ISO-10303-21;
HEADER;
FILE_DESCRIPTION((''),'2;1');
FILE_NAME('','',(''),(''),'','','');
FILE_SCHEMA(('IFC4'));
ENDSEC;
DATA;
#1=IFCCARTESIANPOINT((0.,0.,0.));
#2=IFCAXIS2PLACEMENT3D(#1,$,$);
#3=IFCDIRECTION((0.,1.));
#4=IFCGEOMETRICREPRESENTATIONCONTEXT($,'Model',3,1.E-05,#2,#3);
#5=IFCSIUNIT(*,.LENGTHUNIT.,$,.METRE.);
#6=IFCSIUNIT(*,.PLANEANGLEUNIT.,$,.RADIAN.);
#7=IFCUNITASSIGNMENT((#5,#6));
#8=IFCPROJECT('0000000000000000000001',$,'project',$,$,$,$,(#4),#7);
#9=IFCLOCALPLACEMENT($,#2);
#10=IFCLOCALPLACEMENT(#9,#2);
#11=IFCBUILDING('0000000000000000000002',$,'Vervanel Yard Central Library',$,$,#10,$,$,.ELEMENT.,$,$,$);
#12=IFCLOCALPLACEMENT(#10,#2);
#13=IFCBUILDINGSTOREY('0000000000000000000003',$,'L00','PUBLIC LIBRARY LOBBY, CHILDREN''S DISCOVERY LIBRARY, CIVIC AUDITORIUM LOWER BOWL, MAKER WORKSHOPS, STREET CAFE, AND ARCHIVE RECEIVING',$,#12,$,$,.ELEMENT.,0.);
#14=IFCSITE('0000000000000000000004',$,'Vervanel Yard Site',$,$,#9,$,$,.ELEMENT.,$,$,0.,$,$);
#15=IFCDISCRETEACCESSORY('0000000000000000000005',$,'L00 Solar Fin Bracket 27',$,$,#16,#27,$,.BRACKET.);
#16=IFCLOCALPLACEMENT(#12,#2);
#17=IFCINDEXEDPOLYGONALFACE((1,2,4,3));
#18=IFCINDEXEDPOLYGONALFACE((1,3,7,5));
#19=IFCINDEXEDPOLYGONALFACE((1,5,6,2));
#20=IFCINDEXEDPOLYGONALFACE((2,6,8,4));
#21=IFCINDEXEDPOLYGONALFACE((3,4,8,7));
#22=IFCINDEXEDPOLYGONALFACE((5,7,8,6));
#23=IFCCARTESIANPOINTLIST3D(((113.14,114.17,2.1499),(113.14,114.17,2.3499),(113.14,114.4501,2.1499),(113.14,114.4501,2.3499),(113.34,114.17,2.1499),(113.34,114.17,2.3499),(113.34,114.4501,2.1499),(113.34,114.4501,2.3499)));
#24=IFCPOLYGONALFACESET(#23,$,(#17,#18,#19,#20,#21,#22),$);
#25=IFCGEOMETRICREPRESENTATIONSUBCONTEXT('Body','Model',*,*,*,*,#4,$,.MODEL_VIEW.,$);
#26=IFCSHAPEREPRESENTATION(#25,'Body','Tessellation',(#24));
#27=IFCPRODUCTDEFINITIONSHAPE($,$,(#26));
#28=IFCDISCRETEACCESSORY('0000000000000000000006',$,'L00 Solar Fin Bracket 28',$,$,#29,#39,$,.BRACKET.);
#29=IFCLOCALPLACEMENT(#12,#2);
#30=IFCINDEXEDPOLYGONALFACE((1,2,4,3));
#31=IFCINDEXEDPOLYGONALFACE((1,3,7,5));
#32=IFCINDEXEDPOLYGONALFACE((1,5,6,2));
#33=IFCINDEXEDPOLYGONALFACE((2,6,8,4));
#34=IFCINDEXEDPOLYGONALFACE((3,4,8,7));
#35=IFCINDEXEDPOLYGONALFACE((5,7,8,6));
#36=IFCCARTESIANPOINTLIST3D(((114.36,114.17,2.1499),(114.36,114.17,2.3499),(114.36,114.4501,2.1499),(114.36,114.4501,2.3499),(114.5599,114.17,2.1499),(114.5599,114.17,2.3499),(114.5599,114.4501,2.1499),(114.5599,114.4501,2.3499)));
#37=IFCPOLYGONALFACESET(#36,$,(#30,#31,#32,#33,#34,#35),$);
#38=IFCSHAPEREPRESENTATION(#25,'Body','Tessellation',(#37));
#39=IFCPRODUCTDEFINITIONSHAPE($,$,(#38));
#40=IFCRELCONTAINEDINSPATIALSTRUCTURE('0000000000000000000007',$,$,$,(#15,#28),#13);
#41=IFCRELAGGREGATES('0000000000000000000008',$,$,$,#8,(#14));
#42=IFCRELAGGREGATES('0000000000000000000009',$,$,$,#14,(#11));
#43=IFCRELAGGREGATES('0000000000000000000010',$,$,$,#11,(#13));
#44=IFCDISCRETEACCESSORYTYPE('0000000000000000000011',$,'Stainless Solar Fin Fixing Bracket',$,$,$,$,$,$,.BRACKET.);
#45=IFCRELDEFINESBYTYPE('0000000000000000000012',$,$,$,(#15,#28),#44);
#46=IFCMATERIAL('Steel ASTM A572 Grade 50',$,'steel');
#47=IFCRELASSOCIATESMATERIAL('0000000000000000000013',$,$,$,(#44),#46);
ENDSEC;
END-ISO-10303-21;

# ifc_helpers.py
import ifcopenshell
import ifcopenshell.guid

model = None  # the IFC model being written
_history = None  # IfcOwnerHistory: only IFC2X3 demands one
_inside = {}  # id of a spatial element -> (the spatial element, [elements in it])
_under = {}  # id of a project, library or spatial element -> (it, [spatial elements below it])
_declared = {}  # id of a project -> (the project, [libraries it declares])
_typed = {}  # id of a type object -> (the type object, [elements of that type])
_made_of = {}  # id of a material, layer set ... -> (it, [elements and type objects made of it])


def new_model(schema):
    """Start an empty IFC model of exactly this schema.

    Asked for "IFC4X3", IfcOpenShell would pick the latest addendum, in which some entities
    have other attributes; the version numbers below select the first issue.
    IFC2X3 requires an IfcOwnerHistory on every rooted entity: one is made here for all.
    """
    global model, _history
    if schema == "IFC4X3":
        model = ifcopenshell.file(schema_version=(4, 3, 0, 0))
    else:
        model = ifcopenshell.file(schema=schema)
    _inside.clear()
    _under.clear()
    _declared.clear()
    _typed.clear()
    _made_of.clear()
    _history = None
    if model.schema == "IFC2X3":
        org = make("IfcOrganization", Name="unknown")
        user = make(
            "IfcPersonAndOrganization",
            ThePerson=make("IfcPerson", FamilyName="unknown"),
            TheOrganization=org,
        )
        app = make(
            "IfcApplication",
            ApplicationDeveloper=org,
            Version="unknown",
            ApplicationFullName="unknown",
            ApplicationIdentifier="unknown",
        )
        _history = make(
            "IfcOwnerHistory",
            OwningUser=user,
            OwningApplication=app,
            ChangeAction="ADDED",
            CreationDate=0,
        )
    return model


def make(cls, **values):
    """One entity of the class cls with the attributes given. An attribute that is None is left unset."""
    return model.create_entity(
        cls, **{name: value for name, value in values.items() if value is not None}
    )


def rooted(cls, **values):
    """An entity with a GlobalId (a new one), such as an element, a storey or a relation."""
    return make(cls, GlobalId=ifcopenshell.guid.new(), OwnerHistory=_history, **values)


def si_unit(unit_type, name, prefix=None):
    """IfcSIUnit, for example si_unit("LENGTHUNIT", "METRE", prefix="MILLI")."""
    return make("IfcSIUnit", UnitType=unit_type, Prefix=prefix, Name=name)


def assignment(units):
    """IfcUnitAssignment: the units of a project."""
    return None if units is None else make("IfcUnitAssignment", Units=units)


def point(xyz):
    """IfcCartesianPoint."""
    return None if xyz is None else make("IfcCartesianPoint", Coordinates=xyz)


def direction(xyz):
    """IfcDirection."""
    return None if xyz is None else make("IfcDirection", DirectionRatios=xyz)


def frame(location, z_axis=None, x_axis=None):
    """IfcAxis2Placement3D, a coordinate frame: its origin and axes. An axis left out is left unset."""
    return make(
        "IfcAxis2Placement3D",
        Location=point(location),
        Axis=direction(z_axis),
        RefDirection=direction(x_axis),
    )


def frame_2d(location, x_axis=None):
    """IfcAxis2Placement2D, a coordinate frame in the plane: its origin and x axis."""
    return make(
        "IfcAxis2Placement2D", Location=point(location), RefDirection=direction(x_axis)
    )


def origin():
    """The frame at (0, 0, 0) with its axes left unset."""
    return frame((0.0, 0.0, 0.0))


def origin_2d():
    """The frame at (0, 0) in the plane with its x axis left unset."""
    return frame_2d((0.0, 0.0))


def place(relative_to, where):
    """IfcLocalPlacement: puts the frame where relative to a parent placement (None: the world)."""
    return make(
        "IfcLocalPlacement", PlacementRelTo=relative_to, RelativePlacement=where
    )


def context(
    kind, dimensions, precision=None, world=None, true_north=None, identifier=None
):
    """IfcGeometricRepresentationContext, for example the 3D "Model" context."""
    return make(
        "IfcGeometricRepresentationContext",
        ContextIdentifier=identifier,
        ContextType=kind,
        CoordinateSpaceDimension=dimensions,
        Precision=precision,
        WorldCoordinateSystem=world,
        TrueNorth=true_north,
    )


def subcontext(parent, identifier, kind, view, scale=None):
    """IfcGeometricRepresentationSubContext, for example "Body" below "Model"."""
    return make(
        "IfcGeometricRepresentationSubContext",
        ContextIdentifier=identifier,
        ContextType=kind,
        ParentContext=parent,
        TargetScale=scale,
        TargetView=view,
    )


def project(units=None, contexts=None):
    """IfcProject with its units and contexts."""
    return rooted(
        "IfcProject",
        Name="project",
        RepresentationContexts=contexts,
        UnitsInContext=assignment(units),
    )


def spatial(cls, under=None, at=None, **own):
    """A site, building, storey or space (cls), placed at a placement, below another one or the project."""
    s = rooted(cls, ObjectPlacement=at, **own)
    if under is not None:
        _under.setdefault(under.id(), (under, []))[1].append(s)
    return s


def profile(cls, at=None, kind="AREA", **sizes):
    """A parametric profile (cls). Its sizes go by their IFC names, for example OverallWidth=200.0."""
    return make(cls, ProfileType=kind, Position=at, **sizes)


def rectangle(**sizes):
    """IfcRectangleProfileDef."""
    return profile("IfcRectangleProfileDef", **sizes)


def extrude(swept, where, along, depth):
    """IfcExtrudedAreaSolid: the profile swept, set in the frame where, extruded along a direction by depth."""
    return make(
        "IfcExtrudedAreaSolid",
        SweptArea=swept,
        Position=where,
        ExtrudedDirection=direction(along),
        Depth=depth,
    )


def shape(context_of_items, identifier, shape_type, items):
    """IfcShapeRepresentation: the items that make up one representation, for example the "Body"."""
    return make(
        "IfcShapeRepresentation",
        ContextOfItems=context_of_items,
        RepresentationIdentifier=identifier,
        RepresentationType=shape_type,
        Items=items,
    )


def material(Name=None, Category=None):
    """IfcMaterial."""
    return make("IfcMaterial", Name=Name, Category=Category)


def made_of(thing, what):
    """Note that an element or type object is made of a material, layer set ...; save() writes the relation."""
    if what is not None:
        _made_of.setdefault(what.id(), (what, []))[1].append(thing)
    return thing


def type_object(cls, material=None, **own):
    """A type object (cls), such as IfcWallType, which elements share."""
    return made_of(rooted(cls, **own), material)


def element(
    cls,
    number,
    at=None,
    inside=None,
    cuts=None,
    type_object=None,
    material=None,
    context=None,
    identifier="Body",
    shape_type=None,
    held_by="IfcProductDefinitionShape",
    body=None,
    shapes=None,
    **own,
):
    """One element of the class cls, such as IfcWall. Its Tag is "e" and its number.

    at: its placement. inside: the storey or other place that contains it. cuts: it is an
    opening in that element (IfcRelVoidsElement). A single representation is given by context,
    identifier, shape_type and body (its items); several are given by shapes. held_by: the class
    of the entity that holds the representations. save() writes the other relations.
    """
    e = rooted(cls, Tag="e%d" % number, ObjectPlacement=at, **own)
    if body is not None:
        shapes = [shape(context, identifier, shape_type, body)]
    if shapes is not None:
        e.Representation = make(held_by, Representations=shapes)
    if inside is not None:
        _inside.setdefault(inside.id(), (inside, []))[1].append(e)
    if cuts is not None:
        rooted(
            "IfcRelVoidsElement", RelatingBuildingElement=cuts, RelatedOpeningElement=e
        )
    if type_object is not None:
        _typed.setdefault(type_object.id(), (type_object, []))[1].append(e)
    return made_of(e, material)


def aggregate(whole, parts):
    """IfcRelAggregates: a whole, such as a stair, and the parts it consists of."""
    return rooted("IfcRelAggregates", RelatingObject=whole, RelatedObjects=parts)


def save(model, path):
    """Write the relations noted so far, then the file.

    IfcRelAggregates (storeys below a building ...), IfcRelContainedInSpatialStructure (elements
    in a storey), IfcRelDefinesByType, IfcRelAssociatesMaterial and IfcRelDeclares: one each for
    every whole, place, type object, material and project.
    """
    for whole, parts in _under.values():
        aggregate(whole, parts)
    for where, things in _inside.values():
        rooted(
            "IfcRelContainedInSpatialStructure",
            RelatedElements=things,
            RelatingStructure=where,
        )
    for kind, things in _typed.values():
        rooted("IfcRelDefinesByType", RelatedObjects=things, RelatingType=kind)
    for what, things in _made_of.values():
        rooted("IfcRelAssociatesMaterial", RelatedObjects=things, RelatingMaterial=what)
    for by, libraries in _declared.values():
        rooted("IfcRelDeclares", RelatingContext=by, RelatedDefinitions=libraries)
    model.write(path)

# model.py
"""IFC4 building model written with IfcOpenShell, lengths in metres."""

from ifc_helpers import new_model, si_unit, direction, frame, origin, origin_2d, place, context, subcontext, project, spatial, rectangle, extrude, material, type_object, element, save


model = new_model("IFC4")

# Units and contexts
model_context = context("Model", 3, precision=1e-05, world=origin(), true_north=direction((0.0, 1.0)))
body_context = subcontext(model_context, "Body", "Model", "MODEL_VIEW")
ifc_project = project(units=[si_unit("LENGTHUNIT", "METRE"), si_unit("PLANEANGLEUNIT", "RADIAN")], contexts=[model_context])

# Site, building, storey
site_placement = place(None, origin())
site = spatial("IfcSite", under=ifc_project, at=site_placement, Name="Vervanel Yard Site", CompositionType="ELEMENT", RefElevation=0.0)
building_placement = place(site_placement, origin())
building = spatial("IfcBuilding", under=site, at=building_placement, Name="Vervanel Yard Central Library", CompositionType="ELEMENT")
storey_placement = place(building_placement, origin())
storey = spatial("IfcBuildingStorey", under=building, at=storey_placement, Name="L00", Description="PUBLIC LIBRARY LOBBY, CHILDREN'S DISCOVERY LIBRARY, CIVIC AUDITORIUM LOWER BOWL, MAKER WORKSHOPS, STREET CAFE, AND ARCHIVE RECEIVING", CompositionType="ELEMENT", Elevation=0.0)

# Discrete accessories
ifc_material_1 = material(Name="Steel ASTM A572 Grade 50", Category="steel")
discrete_accessory_type = type_object("IfcDiscreteAccessoryType", Name="Stainless Solar Fin Fixing Bracket", PredefinedType="BRACKET", material=ifc_material_1)
for number, where, z_axis, x_axis, name in (
    (1, (113.24, 114.3101, 2.1499), (0.0, 0.0, 1.0), (1.0, 0.0, 0.0), "L00 Solar Fin Bracket 27"),
    (2, (114.46, 114.3101, 2.1499), (0.0, 0.0, 1.0), (1.0, 0.0, 0.0), "L00 Solar Fin Bracket 28"),
):
    element("IfcDiscreteAccessory", number, at=place(storey_placement, frame(where, z_axis=z_axis, x_axis=x_axis)), inside=storey, type_object=discrete_accessory_type, Name=name, PredefinedType="BRACKET", context=body_context, shape_type="SweptSolid", body=[
        extrude(rectangle(XDim=0.2, YDim=0.28, at=origin_2d()), origin(), (0.0, 0.0, 1.0), 0.2),
    ])

save(model, "model.ifc")
